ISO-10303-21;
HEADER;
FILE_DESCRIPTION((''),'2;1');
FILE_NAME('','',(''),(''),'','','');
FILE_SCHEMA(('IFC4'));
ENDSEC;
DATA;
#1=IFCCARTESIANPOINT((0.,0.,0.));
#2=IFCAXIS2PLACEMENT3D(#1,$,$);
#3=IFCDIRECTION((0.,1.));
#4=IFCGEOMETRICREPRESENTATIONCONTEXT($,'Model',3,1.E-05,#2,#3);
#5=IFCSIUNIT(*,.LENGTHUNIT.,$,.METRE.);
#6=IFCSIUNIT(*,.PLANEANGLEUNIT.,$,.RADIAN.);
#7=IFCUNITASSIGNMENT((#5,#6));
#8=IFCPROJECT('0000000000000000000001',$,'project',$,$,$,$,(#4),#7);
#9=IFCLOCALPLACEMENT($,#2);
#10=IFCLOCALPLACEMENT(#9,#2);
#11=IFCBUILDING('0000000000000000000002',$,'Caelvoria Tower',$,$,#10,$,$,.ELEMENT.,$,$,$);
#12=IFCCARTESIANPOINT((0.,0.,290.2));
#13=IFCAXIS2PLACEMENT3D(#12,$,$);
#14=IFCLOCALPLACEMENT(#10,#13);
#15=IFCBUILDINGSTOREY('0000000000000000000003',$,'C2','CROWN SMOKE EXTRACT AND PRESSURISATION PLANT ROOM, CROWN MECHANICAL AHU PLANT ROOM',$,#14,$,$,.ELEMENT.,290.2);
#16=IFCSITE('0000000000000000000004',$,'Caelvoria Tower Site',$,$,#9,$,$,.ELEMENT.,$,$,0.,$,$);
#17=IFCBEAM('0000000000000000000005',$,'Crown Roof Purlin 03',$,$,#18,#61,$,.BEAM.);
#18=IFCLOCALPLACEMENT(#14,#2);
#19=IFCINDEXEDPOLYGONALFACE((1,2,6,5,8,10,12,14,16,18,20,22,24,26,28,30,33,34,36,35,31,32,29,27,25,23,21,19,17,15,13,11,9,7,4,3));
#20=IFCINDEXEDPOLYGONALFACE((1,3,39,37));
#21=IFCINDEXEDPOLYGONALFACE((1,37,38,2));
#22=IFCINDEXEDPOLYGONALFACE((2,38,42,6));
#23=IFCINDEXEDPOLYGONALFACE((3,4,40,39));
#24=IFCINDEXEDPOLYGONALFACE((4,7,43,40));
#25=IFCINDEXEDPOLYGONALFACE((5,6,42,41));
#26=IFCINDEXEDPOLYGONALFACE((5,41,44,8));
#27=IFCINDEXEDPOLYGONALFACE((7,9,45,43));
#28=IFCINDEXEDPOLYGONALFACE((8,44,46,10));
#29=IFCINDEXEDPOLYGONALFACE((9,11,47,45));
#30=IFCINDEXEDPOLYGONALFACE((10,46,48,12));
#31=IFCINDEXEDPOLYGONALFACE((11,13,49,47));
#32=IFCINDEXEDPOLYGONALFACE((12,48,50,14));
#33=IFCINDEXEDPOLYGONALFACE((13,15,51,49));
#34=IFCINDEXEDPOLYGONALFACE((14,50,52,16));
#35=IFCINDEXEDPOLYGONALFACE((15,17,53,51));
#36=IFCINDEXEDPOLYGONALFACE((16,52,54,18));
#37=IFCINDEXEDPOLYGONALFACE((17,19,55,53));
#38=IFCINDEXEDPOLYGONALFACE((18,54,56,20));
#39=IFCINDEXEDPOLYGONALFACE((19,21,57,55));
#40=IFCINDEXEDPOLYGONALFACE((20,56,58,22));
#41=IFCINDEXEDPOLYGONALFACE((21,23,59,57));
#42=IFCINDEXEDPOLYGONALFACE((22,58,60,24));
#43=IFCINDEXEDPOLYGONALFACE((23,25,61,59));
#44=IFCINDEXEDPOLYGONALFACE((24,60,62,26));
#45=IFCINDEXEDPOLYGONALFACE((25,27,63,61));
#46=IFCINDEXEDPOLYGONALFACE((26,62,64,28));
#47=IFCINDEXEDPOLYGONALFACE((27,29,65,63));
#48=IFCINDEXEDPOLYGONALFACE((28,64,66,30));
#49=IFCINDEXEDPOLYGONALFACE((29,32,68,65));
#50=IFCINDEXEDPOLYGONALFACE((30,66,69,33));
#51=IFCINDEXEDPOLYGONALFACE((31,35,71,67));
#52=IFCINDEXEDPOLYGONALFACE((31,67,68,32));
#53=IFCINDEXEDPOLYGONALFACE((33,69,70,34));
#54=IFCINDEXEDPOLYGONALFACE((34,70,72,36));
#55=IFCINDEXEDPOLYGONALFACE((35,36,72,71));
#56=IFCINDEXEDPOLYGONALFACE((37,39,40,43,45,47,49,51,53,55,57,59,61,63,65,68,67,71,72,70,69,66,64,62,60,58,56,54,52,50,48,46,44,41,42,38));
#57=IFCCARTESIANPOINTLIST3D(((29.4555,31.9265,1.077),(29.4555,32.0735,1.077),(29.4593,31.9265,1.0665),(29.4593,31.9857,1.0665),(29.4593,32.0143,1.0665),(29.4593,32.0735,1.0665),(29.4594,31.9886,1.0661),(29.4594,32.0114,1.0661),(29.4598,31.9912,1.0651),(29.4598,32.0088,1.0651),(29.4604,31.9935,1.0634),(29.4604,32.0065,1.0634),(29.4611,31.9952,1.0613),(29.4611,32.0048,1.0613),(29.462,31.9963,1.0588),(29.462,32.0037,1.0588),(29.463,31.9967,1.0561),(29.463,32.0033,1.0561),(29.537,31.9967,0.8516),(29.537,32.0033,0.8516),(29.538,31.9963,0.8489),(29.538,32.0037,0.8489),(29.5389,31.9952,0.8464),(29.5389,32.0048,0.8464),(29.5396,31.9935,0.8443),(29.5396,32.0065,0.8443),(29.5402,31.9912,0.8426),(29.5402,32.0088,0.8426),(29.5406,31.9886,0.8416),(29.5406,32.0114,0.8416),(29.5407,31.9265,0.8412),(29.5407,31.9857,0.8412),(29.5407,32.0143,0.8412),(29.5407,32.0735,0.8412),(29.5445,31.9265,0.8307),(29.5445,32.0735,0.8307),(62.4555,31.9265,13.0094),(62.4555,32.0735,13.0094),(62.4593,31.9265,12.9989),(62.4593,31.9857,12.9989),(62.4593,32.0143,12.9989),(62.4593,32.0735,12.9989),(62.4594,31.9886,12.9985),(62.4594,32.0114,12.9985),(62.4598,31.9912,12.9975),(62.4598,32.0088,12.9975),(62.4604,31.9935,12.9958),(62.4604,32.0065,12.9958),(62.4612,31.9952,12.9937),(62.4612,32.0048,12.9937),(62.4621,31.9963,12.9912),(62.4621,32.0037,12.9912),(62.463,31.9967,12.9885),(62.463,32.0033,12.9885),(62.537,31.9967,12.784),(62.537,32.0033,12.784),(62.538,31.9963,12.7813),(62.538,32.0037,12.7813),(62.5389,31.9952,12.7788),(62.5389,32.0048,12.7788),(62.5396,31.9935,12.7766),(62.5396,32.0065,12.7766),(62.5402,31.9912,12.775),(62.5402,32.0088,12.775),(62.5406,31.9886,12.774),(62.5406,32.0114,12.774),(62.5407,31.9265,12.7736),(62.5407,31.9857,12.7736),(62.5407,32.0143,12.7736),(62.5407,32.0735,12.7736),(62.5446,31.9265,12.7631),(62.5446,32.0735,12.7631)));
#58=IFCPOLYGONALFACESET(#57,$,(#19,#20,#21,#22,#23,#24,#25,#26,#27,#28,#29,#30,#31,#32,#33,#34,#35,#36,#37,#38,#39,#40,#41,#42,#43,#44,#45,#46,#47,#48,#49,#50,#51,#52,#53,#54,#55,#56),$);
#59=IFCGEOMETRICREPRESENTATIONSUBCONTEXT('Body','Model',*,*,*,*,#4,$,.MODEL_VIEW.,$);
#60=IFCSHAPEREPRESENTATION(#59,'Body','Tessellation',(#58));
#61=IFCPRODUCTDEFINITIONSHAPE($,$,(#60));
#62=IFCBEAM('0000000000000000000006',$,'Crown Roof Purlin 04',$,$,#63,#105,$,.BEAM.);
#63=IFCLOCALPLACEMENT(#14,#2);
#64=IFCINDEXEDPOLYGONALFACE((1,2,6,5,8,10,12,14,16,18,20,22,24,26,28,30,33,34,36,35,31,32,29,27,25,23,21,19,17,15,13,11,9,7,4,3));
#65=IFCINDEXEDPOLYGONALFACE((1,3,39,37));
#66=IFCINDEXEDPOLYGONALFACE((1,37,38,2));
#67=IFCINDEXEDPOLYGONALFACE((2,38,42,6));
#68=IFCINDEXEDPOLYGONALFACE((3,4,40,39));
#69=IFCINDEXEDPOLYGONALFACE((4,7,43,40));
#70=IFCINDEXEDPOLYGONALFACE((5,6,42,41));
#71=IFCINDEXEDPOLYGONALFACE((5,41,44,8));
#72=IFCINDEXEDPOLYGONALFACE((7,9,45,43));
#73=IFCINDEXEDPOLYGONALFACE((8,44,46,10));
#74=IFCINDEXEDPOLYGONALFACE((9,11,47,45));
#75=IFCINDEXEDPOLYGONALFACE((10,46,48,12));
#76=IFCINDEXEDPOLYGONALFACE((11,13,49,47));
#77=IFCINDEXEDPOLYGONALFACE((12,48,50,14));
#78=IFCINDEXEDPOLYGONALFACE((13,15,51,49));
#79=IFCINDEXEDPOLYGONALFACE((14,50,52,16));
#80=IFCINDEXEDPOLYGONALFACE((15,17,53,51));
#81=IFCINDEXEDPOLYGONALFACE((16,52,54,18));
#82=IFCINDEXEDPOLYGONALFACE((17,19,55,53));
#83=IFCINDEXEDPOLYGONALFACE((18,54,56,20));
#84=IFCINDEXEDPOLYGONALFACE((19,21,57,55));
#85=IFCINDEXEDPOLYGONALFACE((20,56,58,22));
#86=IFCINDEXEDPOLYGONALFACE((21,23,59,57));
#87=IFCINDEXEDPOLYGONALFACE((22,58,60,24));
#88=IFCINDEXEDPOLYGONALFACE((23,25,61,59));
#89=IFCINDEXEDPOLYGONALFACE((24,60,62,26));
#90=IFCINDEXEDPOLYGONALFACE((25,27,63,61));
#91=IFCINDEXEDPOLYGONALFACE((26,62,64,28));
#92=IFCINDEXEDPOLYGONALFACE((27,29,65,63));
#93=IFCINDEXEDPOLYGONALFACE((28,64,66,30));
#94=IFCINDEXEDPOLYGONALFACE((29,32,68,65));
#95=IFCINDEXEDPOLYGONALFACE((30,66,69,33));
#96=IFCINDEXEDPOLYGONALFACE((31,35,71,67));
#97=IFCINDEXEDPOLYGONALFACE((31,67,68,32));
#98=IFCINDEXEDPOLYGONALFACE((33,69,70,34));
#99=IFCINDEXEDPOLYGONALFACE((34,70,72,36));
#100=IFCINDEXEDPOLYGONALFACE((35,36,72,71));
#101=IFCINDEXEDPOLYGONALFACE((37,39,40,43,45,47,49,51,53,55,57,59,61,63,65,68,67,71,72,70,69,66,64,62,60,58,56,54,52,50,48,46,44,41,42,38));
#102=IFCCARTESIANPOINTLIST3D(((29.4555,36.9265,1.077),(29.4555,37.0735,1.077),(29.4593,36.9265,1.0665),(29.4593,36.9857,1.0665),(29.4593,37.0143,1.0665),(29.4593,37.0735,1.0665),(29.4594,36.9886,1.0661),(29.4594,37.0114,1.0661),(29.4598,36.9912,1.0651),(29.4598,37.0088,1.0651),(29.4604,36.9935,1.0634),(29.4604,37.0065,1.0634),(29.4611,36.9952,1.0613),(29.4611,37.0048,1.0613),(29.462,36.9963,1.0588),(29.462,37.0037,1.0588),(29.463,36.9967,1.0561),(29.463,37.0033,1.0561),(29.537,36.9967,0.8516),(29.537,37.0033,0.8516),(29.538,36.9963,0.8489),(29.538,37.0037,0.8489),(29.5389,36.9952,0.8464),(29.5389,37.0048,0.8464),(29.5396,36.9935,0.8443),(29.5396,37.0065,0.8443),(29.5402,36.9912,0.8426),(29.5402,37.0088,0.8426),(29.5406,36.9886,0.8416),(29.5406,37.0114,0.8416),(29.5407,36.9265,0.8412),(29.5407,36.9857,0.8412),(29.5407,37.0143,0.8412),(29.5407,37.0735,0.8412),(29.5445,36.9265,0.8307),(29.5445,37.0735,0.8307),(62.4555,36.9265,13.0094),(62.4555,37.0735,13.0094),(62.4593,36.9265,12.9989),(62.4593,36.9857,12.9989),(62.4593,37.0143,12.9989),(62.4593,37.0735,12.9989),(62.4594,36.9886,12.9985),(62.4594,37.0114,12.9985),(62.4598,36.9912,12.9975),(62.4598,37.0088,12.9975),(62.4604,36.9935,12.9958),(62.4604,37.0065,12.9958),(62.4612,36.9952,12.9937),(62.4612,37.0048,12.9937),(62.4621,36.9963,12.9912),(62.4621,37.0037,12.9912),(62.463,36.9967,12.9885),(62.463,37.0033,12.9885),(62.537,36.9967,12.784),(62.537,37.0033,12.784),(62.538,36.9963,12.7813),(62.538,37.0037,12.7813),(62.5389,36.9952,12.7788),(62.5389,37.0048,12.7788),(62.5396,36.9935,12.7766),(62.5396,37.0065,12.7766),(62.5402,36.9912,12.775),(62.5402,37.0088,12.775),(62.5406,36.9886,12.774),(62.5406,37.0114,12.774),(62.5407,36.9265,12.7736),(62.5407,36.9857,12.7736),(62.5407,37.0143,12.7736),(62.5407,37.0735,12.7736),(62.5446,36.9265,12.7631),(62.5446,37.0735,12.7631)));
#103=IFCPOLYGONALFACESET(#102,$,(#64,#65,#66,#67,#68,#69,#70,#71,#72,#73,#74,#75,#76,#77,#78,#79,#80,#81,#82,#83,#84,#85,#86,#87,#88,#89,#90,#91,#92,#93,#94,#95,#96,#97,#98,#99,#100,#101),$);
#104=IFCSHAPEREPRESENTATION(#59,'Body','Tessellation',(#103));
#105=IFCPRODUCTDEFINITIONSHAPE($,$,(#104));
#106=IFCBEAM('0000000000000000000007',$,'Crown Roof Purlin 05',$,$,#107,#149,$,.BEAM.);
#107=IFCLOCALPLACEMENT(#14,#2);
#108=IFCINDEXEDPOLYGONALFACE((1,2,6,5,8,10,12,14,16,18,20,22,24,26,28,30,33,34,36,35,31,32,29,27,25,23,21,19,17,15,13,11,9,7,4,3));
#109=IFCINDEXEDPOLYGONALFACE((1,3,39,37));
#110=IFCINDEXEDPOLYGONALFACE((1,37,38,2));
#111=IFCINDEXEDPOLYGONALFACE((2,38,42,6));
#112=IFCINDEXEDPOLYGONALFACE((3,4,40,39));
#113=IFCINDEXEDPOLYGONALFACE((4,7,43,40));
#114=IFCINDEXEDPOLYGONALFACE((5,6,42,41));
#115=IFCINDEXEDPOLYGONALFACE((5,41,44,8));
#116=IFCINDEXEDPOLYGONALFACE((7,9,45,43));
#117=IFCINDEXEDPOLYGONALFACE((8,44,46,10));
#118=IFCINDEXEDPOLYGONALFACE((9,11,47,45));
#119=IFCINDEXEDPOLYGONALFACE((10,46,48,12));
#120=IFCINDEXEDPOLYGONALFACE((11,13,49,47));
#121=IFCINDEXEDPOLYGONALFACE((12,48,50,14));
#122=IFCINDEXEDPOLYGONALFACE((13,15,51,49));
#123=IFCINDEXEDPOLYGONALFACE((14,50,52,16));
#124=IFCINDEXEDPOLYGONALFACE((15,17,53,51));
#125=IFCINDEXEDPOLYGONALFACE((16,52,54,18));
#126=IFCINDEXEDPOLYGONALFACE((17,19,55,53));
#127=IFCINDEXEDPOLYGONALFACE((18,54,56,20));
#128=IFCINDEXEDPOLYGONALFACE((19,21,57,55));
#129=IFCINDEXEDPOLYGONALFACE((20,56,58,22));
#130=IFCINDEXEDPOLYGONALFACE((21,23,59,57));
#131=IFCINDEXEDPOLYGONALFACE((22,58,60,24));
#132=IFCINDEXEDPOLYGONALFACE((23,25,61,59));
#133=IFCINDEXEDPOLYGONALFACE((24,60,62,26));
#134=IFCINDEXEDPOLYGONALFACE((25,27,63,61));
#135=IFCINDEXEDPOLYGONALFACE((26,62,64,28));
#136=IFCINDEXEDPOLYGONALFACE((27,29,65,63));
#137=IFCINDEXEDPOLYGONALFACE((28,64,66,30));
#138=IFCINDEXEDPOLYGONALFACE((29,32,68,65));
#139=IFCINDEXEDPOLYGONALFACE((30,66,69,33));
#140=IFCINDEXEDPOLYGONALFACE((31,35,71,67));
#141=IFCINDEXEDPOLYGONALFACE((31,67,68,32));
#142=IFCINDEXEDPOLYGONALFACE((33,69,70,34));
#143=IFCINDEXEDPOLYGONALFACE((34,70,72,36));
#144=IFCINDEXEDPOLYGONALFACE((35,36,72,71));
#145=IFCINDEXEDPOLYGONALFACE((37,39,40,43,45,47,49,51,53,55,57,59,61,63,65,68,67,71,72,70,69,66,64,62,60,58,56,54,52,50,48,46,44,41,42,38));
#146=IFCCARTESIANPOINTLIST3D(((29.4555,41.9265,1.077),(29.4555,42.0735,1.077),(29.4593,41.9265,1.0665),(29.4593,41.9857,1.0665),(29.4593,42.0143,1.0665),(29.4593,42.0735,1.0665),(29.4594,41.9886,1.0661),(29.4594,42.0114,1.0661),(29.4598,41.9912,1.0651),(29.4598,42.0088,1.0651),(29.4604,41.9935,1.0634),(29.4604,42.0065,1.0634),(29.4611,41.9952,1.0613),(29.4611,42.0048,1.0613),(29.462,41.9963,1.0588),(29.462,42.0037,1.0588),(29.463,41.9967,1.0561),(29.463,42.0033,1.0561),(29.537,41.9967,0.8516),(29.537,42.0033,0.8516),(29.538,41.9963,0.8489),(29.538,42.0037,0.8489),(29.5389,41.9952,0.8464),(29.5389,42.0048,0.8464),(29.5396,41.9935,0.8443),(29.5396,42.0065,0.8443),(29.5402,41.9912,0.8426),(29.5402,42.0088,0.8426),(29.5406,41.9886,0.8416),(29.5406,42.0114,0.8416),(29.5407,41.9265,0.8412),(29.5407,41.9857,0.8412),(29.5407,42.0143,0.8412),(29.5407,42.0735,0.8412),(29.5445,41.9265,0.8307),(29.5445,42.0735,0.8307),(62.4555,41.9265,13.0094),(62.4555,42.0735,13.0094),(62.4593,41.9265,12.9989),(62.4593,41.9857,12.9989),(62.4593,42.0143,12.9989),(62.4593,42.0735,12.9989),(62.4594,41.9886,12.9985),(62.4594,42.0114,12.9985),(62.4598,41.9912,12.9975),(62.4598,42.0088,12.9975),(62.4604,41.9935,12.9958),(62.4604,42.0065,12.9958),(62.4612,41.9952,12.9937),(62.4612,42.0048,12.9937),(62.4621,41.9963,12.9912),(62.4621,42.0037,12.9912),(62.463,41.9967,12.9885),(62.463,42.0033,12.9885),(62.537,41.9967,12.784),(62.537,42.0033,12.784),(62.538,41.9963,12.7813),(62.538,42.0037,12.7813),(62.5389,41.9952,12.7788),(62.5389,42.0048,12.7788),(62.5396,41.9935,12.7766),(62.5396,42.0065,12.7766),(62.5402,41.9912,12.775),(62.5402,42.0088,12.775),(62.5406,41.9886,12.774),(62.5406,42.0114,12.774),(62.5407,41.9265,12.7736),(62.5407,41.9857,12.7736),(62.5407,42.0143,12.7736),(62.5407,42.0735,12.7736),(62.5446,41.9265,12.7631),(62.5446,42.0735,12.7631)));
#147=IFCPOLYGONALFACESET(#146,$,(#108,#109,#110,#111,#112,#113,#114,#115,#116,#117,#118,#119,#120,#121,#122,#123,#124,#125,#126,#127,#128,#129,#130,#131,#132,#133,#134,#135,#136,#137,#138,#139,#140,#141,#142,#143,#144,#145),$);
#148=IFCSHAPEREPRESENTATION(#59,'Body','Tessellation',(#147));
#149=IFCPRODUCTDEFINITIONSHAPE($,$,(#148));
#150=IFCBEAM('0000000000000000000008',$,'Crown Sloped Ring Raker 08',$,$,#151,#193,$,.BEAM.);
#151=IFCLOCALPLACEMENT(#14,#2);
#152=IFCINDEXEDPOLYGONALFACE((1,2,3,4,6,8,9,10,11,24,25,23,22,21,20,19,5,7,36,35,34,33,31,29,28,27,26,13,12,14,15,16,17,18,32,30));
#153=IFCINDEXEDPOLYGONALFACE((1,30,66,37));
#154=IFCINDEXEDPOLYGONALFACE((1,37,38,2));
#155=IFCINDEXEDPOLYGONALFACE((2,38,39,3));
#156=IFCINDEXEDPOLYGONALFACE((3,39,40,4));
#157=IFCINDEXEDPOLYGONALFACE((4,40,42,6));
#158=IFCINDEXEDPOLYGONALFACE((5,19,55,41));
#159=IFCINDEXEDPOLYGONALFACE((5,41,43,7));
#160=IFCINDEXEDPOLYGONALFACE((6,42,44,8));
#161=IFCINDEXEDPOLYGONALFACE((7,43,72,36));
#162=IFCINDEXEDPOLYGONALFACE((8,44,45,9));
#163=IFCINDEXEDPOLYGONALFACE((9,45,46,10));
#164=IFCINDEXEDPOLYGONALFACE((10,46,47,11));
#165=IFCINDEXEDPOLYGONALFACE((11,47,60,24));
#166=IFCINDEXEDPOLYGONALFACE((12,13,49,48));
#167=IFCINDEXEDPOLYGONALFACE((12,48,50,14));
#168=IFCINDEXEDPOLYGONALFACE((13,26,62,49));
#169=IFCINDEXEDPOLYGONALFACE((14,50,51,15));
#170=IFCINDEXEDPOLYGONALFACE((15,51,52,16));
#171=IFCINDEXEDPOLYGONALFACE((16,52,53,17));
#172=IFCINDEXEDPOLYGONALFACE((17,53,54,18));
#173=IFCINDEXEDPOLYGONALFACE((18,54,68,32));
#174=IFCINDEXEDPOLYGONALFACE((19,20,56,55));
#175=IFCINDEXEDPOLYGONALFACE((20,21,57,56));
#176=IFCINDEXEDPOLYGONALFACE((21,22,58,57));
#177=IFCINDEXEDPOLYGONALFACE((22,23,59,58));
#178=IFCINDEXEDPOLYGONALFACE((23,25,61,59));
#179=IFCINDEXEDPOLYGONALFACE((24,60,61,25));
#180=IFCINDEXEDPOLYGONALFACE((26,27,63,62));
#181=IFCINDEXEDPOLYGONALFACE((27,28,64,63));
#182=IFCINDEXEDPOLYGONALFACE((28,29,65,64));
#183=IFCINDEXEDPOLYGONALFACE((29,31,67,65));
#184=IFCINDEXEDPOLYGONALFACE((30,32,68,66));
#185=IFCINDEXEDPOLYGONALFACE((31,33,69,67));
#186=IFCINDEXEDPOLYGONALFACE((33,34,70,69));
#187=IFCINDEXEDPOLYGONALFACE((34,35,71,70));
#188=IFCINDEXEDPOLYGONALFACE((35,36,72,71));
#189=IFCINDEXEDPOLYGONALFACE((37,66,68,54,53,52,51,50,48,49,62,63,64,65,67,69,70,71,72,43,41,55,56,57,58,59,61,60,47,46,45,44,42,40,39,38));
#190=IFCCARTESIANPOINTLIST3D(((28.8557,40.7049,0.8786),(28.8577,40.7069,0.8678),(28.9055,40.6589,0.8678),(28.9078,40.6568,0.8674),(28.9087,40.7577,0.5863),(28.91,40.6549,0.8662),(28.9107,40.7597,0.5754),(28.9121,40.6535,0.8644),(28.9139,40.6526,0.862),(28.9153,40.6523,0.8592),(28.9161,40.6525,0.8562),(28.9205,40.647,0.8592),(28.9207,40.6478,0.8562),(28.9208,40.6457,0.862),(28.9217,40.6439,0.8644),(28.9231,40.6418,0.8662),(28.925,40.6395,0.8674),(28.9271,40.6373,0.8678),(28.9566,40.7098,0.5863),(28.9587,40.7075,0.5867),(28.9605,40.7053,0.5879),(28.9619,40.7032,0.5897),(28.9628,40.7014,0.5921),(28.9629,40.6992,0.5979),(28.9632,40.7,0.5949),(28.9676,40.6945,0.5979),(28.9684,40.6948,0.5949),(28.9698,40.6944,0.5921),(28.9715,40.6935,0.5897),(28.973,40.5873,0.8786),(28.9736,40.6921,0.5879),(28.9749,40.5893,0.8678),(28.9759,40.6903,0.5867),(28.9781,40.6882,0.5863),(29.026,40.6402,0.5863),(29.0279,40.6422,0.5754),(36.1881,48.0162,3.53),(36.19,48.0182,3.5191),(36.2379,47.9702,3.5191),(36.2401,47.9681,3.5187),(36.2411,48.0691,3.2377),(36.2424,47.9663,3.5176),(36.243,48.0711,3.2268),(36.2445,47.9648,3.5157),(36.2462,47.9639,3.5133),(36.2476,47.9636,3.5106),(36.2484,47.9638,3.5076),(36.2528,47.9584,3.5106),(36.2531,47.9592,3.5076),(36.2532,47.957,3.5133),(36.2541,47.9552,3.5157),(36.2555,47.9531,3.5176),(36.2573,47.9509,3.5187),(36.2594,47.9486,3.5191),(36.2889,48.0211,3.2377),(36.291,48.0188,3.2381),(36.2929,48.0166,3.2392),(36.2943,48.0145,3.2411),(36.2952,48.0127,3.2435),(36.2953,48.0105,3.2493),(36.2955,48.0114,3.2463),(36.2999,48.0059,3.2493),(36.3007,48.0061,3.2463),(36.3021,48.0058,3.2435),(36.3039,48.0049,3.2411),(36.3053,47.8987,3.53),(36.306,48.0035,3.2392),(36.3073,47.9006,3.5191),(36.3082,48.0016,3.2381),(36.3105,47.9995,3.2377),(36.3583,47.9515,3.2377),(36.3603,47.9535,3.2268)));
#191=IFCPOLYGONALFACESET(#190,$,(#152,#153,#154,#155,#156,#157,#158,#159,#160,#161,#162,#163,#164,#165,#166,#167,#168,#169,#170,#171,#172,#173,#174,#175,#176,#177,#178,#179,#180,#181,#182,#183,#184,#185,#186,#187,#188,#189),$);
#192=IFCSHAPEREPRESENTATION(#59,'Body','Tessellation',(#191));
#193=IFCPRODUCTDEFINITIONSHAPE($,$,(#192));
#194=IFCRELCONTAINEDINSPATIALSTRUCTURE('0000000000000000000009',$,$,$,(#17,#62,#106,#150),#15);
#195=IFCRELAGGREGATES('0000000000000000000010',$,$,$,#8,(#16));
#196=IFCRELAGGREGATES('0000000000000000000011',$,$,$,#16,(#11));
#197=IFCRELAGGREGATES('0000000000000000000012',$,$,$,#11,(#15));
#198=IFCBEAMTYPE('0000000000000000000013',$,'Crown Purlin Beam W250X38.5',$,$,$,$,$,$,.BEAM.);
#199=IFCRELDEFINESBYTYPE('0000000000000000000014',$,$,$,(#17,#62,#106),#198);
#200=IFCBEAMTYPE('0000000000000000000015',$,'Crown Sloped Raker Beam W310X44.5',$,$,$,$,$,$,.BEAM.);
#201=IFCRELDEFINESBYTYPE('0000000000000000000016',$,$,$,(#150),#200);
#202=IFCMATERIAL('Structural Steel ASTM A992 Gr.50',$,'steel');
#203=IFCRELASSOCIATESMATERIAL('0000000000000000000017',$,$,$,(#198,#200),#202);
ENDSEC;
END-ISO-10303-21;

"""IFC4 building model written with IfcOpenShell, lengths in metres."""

from ifc_helpers import new_model, si_unit, direction, frame, origin, origin_2d, place, context, subcontext, project, spatial, i_section, extrude, material, material_profile, profile_set, type_object, element, save


model = new_model("IFC4")

# Units and contexts
model_context = context("Model", 3, precision=1e-05, world=origin(), true_north=direction((0.0, 1.0)))
body_context = subcontext(model_context, "Body", "Model", "MODEL_VIEW")
ifc_project = project(units=[si_unit("LENGTHUNIT", "METRE"), si_unit("PLANEANGLEUNIT", "RADIAN")], contexts=[model_context])

# Site, building, storey
site_placement = place(None, origin())
site = spatial("IfcSite", under=ifc_project, at=site_placement, Name="Caelvoria Tower Site", CompositionType="ELEMENT", RefElevation=0.0)
building_placement = place(site_placement, origin())
building = spatial("IfcBuilding", under=site, at=building_placement, Name="Caelvoria Tower", CompositionType="ELEMENT")
storey_placement = place(building_placement, frame((0.0, 0.0, 290.2)))
storey = spatial("IfcBuildingStorey", under=building, at=storey_placement, Name="C2", Description="CROWN SMOKE EXTRACT AND PRESSURISATION PLANT ROOM, CROWN MECHANICAL AHU PLANT ROOM", CompositionType="ELEMENT", Elevation=290.2)

# Shared definitions
ifc_material_1 = material(Name="Structural Steel ASTM A992 Gr.50", Category="steel")

# Beams
ifc_material_profile_1 = material_profile(ifc_material_1, i_section(OverallWidth=0.147, OverallDepth=0.262, WebThickness=0.0066, FlangeThickness=0.0112, FilletRadius=0.011, at=origin_2d()), Name="Structural Steel ASTM A992 Gr.50")
ifc_profile_set_1 = profile_set([ifc_material_profile_1], Name="W250X38.5 - Structural Steel ASTM A992 Gr.50")
beam_type_1 = type_object("IfcBeamType", Name="Crown Purlin Beam W250X38.5", PredefinedType="BEAM", material=ifc_profile_set_1)
for number, where, z_axis, x_axis, name in (
    (1, (29.5, 32.0, 0.9539), (0.940411, 0.0, 0.34004), (0.0, 1.0, 0.0), "Crown Roof Purlin 03"),
    (2, (29.5, 37.0, 0.9539), (0.940411, 0.0, 0.34004), (0.0, 1.0, 0.0), "Crown Roof Purlin 04"),
    (3, (29.5, 42.0, 0.9539), (0.940411, 0.0, 0.34004), (0.0, 1.0, 0.0), "Crown Roof Purlin 05"),
):
    element("IfcBeam", number, at=place(storey_placement, frame(where, z_axis=z_axis, x_axis=x_axis)), inside=storey, type_object=beam_type_1, Name=name, PredefinedType="BEAM", context=body_context, shape_type="SweptSolid", body=[
        extrude(i_section(OverallWidth=0.147, OverallDepth=0.262, WebThickness=0.0066, FlangeThickness=0.0112, FilletRadius=0.011, at=origin_2d()), origin(), (0.0, 0.0, 1.0), 35.0911),
    ])
ifc_material_profile_2 = material_profile(ifc_material_1, i_section(OverallWidth=0.166, OverallDepth=0.313, WebThickness=0.0066, FlangeThickness=0.0112, FilletRadius=0.012, at=origin_2d()), Name="Structural Steel ASTM A992 Gr.50")
ifc_profile_set_2 = profile_set([ifc_material_profile_2], Name="W310X44.5 - Structural Steel ASTM A992 Gr.50")
beam_type_2 = type_object("IfcBeamType", Name="Crown Sloped Raker Beam W310X44.5", PredefinedType="BEAM", material=ifc_profile_set_2)
beam_placement = place(storey_placement, frame((36.2742, 47.9849, 3.3784), z_axis=(-0.685988, -0.684024, -0.248055), x_axis=(0.706092, -0.70812, 0.0)))
element("IfcBeam", 4, at=beam_placement, inside=storey, type_object=beam_type_2, Name="Crown Sloped Ring Raker 08", PredefinedType="BEAM", context=body_context, shape_type="SweptSolid", body=[
    extrude(i_section(OverallWidth=0.166, OverallDepth=0.313, WebThickness=0.0066, FlangeThickness=0.0112, FilletRadius=0.012, at=origin_2d()), origin(), (0.0, 0.0, 1.0), 10.6887),
])

save(model, "model.ifc")
